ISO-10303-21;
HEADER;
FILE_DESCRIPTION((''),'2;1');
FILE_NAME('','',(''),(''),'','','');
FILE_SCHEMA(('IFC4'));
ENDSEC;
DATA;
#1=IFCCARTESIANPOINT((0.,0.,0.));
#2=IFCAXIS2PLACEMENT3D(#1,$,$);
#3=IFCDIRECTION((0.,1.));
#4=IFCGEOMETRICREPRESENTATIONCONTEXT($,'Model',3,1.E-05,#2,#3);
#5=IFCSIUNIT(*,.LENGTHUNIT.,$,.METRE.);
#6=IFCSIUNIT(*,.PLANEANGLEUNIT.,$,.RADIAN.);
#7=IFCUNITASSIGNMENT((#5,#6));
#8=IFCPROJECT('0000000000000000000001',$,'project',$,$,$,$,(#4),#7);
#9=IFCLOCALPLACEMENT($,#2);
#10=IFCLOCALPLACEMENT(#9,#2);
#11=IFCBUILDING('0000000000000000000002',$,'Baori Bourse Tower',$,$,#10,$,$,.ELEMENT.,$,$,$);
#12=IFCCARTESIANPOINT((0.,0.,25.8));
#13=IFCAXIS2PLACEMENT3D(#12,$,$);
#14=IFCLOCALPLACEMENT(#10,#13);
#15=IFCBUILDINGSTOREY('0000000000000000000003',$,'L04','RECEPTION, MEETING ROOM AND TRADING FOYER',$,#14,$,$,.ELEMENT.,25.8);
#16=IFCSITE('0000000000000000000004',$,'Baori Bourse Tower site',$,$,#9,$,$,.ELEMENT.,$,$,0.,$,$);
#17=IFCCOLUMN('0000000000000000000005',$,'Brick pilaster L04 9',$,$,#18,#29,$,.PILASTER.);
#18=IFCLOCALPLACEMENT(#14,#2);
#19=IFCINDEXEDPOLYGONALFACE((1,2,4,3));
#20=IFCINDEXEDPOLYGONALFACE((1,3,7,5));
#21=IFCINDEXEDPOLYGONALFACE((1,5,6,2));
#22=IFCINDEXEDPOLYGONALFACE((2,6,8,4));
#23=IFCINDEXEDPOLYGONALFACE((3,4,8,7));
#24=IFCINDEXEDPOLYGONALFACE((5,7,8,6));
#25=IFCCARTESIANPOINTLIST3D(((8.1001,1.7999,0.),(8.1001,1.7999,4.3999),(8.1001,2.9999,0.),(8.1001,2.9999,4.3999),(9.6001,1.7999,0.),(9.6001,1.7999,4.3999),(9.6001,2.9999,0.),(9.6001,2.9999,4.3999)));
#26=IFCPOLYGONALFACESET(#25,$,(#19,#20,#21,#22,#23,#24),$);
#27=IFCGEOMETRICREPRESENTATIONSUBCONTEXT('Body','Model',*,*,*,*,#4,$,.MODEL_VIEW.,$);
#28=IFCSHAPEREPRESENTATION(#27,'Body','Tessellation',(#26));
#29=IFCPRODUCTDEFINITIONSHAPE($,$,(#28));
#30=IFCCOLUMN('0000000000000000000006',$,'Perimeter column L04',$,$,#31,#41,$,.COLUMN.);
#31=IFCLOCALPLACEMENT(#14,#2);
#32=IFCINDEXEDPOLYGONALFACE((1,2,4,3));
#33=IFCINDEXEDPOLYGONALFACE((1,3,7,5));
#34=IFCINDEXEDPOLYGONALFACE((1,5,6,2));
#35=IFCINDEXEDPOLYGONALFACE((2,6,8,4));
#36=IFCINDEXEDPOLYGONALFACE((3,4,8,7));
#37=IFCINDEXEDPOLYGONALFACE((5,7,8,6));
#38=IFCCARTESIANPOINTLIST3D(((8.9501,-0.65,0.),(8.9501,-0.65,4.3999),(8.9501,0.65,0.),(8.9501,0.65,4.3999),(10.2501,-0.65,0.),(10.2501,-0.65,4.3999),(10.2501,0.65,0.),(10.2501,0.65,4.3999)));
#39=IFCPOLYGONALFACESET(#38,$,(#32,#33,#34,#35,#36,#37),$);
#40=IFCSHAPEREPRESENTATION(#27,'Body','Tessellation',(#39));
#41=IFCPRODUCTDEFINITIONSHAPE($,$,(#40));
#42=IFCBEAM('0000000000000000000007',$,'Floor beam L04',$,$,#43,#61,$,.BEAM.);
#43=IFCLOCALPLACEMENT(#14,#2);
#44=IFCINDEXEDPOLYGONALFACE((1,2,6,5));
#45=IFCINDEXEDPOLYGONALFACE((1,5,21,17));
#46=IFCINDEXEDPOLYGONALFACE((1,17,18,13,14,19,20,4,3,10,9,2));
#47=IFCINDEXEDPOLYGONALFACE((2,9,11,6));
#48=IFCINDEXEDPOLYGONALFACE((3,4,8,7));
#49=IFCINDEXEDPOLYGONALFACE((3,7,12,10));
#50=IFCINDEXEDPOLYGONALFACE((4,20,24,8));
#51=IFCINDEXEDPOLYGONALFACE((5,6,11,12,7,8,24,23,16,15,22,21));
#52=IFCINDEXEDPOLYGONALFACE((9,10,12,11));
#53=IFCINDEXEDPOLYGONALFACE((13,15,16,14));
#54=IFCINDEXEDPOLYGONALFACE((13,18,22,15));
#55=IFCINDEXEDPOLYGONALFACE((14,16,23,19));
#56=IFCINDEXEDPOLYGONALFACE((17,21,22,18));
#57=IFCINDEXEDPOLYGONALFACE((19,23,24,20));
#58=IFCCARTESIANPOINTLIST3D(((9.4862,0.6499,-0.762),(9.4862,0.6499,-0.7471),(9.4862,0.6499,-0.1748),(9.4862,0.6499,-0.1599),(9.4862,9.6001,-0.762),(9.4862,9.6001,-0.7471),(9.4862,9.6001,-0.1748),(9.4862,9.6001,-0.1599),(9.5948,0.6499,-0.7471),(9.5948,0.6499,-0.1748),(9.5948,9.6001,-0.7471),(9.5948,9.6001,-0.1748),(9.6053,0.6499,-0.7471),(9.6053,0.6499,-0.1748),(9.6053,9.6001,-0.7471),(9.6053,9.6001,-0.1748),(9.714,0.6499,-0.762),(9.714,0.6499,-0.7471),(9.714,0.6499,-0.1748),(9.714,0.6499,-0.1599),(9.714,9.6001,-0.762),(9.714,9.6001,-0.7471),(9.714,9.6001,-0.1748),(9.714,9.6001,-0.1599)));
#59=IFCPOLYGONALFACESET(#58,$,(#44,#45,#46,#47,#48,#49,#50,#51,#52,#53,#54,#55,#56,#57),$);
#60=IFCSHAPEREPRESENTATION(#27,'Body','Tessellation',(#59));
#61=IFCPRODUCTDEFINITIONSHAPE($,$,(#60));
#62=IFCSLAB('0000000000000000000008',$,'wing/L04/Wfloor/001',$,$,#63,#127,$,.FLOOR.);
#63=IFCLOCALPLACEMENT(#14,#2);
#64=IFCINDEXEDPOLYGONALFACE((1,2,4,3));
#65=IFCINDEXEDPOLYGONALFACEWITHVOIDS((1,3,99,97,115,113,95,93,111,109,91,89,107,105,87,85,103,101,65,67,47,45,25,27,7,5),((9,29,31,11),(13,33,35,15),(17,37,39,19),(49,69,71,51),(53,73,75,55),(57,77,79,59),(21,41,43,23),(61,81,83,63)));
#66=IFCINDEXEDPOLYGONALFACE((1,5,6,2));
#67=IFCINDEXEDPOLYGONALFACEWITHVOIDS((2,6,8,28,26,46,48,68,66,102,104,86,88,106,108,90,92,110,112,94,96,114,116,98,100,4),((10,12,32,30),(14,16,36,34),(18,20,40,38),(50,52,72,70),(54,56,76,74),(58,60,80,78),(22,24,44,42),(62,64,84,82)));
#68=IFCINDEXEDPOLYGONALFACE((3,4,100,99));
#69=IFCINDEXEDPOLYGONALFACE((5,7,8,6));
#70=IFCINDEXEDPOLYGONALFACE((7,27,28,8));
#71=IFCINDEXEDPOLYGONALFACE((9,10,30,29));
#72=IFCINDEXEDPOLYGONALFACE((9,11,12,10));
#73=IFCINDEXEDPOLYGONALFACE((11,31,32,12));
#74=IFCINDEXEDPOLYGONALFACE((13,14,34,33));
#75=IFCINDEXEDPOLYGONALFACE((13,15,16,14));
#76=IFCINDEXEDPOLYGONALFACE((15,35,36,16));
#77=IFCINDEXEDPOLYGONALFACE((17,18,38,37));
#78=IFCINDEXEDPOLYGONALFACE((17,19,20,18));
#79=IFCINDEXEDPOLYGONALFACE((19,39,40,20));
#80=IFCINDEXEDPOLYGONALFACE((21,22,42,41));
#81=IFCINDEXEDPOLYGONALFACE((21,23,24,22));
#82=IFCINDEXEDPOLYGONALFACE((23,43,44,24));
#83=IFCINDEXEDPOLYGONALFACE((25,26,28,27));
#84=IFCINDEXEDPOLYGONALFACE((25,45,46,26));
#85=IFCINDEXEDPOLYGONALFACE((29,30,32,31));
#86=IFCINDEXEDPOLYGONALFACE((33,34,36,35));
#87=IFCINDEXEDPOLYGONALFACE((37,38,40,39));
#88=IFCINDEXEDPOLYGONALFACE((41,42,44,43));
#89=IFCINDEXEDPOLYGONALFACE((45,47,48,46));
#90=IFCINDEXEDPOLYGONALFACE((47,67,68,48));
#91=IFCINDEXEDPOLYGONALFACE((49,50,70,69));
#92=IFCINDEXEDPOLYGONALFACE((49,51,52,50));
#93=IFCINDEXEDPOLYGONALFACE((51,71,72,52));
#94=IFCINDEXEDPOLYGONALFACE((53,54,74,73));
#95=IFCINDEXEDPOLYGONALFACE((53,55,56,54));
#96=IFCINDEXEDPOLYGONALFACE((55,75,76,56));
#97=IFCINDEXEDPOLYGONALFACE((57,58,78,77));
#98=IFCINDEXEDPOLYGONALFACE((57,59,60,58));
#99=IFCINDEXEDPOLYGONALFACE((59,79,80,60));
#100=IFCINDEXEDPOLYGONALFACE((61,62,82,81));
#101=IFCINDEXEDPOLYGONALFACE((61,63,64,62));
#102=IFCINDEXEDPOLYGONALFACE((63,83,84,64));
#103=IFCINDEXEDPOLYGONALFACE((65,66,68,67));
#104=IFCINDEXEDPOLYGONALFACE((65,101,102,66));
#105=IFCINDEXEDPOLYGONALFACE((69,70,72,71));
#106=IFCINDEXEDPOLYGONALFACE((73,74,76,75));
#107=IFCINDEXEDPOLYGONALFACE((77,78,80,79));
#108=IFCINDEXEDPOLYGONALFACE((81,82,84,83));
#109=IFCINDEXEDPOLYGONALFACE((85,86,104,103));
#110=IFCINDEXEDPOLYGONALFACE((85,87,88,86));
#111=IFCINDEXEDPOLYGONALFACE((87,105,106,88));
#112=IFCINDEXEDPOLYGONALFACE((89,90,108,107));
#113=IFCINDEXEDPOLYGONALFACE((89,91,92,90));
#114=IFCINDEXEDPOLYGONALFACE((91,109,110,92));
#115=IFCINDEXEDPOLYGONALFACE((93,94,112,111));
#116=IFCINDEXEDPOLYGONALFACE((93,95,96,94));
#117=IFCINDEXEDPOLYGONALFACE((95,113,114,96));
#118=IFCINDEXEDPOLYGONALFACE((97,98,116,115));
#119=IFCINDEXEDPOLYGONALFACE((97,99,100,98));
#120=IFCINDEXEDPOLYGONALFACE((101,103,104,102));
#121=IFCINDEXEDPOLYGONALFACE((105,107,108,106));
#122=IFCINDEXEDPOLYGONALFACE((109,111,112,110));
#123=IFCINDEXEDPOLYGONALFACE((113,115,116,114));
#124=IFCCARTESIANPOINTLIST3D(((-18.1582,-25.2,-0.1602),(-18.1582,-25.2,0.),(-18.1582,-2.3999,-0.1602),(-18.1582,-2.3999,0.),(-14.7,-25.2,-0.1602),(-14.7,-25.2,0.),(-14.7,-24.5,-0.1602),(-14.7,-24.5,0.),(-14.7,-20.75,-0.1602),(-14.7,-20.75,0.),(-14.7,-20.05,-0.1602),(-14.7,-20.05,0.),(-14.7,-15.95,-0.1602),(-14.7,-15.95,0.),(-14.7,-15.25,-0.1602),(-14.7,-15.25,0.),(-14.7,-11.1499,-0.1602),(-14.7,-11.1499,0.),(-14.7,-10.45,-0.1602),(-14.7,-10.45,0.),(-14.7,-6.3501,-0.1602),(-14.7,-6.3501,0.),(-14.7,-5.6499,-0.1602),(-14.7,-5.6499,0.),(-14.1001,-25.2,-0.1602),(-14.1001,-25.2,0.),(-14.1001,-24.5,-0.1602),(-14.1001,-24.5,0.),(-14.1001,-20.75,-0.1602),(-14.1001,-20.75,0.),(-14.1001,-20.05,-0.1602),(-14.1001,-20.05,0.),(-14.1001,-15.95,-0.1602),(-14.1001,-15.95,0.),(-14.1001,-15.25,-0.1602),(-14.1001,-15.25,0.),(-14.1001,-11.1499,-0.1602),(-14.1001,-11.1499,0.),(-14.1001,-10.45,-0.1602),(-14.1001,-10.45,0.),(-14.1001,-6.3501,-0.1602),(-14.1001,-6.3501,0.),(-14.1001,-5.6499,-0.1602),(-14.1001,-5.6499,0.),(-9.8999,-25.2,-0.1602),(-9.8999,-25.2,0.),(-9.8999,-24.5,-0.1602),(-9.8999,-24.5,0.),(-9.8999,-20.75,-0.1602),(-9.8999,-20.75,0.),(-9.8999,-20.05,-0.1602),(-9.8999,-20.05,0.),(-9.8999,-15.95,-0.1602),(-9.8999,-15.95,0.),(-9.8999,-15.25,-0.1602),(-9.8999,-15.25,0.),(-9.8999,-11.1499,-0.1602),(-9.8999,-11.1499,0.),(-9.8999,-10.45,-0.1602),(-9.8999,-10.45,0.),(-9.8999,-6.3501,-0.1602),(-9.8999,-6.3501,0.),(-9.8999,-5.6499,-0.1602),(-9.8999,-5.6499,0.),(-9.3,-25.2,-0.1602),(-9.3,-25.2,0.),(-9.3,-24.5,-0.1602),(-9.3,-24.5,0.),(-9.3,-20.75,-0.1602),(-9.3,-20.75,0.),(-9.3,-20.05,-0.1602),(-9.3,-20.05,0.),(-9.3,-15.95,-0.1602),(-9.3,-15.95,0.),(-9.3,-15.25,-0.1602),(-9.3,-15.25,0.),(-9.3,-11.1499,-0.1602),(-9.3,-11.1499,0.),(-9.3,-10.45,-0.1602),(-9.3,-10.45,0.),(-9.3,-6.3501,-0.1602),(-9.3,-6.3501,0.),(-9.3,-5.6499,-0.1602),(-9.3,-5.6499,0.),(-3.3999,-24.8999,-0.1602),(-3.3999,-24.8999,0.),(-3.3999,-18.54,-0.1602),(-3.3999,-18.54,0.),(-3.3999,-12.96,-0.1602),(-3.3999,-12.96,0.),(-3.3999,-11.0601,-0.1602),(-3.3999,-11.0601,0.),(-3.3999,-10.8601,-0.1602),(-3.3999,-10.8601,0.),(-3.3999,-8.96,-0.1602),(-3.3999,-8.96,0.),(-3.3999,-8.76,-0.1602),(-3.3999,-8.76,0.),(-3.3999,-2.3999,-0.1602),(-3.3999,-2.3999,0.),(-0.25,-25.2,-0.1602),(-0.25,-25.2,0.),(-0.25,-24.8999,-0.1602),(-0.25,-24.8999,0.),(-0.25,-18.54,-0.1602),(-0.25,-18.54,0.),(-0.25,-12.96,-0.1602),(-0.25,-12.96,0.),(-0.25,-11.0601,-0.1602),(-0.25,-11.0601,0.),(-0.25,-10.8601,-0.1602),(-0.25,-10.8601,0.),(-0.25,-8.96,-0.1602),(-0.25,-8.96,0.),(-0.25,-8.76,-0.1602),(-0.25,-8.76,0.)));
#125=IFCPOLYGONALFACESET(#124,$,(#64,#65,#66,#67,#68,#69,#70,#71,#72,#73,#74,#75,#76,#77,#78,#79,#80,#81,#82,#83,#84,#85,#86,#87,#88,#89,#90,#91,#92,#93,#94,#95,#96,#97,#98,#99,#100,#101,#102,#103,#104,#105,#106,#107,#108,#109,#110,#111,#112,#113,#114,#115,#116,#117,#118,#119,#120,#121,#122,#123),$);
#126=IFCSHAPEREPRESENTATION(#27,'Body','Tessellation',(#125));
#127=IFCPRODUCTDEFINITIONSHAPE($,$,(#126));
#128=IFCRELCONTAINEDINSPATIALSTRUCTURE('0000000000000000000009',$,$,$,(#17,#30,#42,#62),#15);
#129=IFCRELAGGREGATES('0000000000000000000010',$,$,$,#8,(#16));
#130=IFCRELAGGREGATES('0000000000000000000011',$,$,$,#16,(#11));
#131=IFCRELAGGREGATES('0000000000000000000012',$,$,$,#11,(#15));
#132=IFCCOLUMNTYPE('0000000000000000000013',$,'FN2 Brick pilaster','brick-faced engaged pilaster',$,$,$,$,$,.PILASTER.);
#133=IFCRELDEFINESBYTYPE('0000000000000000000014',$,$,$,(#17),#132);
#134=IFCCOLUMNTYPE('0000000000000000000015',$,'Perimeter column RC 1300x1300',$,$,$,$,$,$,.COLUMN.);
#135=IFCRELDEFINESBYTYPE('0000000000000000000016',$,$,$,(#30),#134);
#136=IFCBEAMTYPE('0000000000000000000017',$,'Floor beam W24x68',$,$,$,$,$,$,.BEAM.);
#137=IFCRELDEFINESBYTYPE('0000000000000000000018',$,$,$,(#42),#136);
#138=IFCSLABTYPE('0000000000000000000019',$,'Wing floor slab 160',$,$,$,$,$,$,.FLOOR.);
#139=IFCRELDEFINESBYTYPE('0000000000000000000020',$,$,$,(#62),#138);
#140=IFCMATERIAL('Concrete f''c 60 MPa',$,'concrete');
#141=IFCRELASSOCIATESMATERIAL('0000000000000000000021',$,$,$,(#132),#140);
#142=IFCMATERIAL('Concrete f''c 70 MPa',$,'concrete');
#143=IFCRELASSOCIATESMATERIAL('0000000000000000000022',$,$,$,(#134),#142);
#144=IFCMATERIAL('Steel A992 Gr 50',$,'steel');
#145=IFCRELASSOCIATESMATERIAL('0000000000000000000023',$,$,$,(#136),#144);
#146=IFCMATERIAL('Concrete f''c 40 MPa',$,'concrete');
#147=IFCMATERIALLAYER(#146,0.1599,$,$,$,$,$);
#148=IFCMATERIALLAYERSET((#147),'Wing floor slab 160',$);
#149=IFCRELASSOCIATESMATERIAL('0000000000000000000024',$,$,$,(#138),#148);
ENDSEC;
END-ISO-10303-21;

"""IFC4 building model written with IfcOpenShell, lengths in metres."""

from ifc_helpers import new_model, si_unit, direction, frame, origin, origin_2d, place, context, subcontext, project, spatial, polyline, rectangle, i_section, outline, extrude, material, layer, layer_set, material_profile, profile_set, type_object, element, save


model = new_model("IFC4")

# Units and contexts
model_context = context("Model", 3, precision=1e-05, world=origin(), true_north=direction((0.0, 1.0)))
body_context = subcontext(model_context, "Body", "Model", "MODEL_VIEW")
ifc_project = project(units=[si_unit("LENGTHUNIT", "METRE"), si_unit("PLANEANGLEUNIT", "RADIAN")], contexts=[model_context])

# Site, building, storey
site_placement = place(None, origin())
site = spatial("IfcSite", under=ifc_project, at=site_placement, Name="Baori Bourse Tower site", CompositionType="ELEMENT", RefElevation=0.0)
building_placement = place(site_placement, origin())
building = spatial("IfcBuilding", under=site, at=building_placement, Name="Baori Bourse Tower", CompositionType="ELEMENT")
storey_placement = place(building_placement, frame((0.0, 0.0, 25.8)))
storey = spatial("IfcBuildingStorey", under=building, at=storey_placement, Name="L04", Description="RECEPTION, MEETING ROOM AND TRADING FOYER", CompositionType="ELEMENT", Elevation=25.8)

# Columns
ifc_material_1 = material(Name="Concrete f'c 60 MPa", Category="concrete")
ifc_material_profile_1 = material_profile(ifc_material_1, rectangle(XDim=1.2, YDim=1.5, at=origin_2d()), Name="RC 1200x1500")
ifc_profile_set_1 = profile_set([ifc_material_profile_1], Name="Concrete f'c 60 MPa")
column_type_1 = type_object("IfcColumnType", Name="FN2 Brick pilaster", Description="brick-faced engaged pilaster", PredefinedType="PILASTER", material=ifc_profile_set_1)
column_1_placement = place(storey_placement, frame((8.8501, 2.3999, 0.0), z_axis=(0.0, 0.0, 1.0), x_axis=(0.0, 1.0, 0.0)))
element("IfcColumn", 1, at=column_1_placement, inside=storey, type_object=column_type_1, Name="Brick pilaster L04 9", PredefinedType="PILASTER", context=body_context, shape_type="SweptSolid", body=[
    extrude(rectangle(XDim=1.2, YDim=1.5, at=origin_2d()), origin(), (0.0, 0.0, 1.0), 4.3999),
])
ifc_material_2 = material(Name="Concrete f'c 70 MPa", Category="concrete")
ifc_material_profile_2 = material_profile(ifc_material_2, rectangle(XDim=1.3, YDim=1.3, at=origin_2d()), Name="RC 1300x1300")
ifc_profile_set_2 = profile_set([ifc_material_profile_2], Name="Concrete f'c 70 MPa")
column_type_2 = type_object("IfcColumnType", Name="Perimeter column RC 1300x1300", PredefinedType="COLUMN", material=ifc_profile_set_2)
column_2_placement = place(storey_placement, frame((9.6001, 0.0, 0.0), z_axis=(0.0, 0.0, 1.0), x_axis=(1.0, 0.0, 0.0)))
element("IfcColumn", 2, at=column_2_placement, inside=storey, type_object=column_type_2, Name="Perimeter column L04", PredefinedType="COLUMN", context=body_context, shape_type="SweptSolid", body=[
    extrude(rectangle(XDim=1.3, YDim=1.3, at=origin_2d()), origin(), (0.0, 0.0, 1.0), 4.3999),
])

# Beam
ifc_material_3 = material(Name="Steel A992 Gr 50", Category="steel")
ifc_material_profile_3 = material_profile(ifc_material_3, i_section(OverallWidth=0.2278, OverallDepth=0.6021, WebThickness=0.0105, FlangeThickness=0.0149, at=origin_2d()), Name="W24x68")
ifc_profile_set_3 = profile_set([ifc_material_profile_3], Name="Steel A992 Gr 50")
beam_type = type_object("IfcBeamType", Name="Floor beam W24x68", PredefinedType="BEAM", material=ifc_profile_set_3)
beam_placement = place(storey_placement, frame((9.6001, 0.6499, -0.4609), z_axis=(0.0, 1.0, 0.0), x_axis=(-1.0, 0.0, 0.0)))
element("IfcBeam", 3, at=beam_placement, inside=storey, type_object=beam_type, Name="Floor beam L04", PredefinedType="BEAM", context=body_context, shape_type="SweptSolid", body=[
    extrude(i_section(OverallWidth=0.2278, OverallDepth=0.6021, WebThickness=0.0105, FlangeThickness=0.0149, at=origin_2d()), origin(), (0.0, 0.0, 1.0), 8.9502),
])

# Slab
ifc_material_4 = material(Name="Concrete f'c 40 MPa", Category="concrete")
ifc_layer_1 = layer(ifc_material_4, 0.1599)
ifc_layer_set_1 = layer_set([ifc_layer_1], Name="Wing floor slab 160")
slab_type = type_object("IfcSlabType", Name="Wing floor slab 160", PredefinedType="FLOOR", material=ifc_layer_set_1)
slab_1_placement = place(storey_placement, frame((0.0, 0.0, -0.1602)))
element("IfcSlab", 4, at=slab_1_placement, inside=storey, type_object=slab_type, Name="wing/L04/Wfloor/001", PredefinedType="FLOOR", context=body_context, shape_type="SweptSolid", body=[
    extrude(outline(polyline([(-0.25, -10.8601), (-3.3999, -10.8601), (-3.3999, -8.96), (-0.25, -8.96), (-0.25, -8.76), (-3.3999, -8.76), (-3.3999, -2.3999), (-18.1582, -2.3999), (-18.1582, -25.2), (-14.7, -25.2), (-14.7, -24.5), (-14.1001, -24.5), (-14.1001, -25.2), (-9.8999, -25.2), (-9.8999, -24.5), (-9.3, -24.5), (-9.3, -25.2), (-0.25, -25.2), (-0.25, -24.8999), (-3.3999, -24.8999), (-3.3999, -18.54), (-0.25, -18.54), (-0.25, -12.96), (-3.3999, -12.96), (-3.3999, -11.0601), (-0.25, -11.0601), (-0.25, -10.8601)]), holes=[polyline([(-14.7, -20.05), (-14.7, -20.75), (-14.1001, -20.75), (-14.1001, -20.05), (-14.7, -20.05)]), polyline([(-14.1001, -15.25), (-14.7, -15.25), (-14.7, -15.95), (-14.1001, -15.95), (-14.1001, -15.25)]), polyline([(-14.1001, -11.1499), (-14.1001, -10.45), (-14.7, -10.45), (-14.7, -11.1499), (-14.1001, -11.1499)]), polyline([(-14.7, -6.3501), (-14.1001, -6.3501), (-14.1001, -5.6499), (-14.7, -5.6499), (-14.7, -6.3501)]), polyline([(-9.3, -20.05), (-9.8999, -20.05), (-9.8999, -20.75), (-9.3, -20.75), (-9.3, -20.05)]), polyline([(-9.3, -15.95), (-9.3, -15.25), (-9.8999, -15.25), (-9.8999, -15.95), (-9.3, -15.95)]), polyline([(-9.8999, -11.1499), (-9.3, -11.1499), (-9.3, -10.45), (-9.8999, -10.45), (-9.8999, -11.1499)]), polyline([(-9.8999, -5.6499), (-9.8999, -6.3501), (-9.3, -6.3501), (-9.3, -5.6499), (-9.8999, -5.6499)])]), origin(), (0.0, 0.0, 1.0), 0.1602),
])

save(model, "model.ifc")
